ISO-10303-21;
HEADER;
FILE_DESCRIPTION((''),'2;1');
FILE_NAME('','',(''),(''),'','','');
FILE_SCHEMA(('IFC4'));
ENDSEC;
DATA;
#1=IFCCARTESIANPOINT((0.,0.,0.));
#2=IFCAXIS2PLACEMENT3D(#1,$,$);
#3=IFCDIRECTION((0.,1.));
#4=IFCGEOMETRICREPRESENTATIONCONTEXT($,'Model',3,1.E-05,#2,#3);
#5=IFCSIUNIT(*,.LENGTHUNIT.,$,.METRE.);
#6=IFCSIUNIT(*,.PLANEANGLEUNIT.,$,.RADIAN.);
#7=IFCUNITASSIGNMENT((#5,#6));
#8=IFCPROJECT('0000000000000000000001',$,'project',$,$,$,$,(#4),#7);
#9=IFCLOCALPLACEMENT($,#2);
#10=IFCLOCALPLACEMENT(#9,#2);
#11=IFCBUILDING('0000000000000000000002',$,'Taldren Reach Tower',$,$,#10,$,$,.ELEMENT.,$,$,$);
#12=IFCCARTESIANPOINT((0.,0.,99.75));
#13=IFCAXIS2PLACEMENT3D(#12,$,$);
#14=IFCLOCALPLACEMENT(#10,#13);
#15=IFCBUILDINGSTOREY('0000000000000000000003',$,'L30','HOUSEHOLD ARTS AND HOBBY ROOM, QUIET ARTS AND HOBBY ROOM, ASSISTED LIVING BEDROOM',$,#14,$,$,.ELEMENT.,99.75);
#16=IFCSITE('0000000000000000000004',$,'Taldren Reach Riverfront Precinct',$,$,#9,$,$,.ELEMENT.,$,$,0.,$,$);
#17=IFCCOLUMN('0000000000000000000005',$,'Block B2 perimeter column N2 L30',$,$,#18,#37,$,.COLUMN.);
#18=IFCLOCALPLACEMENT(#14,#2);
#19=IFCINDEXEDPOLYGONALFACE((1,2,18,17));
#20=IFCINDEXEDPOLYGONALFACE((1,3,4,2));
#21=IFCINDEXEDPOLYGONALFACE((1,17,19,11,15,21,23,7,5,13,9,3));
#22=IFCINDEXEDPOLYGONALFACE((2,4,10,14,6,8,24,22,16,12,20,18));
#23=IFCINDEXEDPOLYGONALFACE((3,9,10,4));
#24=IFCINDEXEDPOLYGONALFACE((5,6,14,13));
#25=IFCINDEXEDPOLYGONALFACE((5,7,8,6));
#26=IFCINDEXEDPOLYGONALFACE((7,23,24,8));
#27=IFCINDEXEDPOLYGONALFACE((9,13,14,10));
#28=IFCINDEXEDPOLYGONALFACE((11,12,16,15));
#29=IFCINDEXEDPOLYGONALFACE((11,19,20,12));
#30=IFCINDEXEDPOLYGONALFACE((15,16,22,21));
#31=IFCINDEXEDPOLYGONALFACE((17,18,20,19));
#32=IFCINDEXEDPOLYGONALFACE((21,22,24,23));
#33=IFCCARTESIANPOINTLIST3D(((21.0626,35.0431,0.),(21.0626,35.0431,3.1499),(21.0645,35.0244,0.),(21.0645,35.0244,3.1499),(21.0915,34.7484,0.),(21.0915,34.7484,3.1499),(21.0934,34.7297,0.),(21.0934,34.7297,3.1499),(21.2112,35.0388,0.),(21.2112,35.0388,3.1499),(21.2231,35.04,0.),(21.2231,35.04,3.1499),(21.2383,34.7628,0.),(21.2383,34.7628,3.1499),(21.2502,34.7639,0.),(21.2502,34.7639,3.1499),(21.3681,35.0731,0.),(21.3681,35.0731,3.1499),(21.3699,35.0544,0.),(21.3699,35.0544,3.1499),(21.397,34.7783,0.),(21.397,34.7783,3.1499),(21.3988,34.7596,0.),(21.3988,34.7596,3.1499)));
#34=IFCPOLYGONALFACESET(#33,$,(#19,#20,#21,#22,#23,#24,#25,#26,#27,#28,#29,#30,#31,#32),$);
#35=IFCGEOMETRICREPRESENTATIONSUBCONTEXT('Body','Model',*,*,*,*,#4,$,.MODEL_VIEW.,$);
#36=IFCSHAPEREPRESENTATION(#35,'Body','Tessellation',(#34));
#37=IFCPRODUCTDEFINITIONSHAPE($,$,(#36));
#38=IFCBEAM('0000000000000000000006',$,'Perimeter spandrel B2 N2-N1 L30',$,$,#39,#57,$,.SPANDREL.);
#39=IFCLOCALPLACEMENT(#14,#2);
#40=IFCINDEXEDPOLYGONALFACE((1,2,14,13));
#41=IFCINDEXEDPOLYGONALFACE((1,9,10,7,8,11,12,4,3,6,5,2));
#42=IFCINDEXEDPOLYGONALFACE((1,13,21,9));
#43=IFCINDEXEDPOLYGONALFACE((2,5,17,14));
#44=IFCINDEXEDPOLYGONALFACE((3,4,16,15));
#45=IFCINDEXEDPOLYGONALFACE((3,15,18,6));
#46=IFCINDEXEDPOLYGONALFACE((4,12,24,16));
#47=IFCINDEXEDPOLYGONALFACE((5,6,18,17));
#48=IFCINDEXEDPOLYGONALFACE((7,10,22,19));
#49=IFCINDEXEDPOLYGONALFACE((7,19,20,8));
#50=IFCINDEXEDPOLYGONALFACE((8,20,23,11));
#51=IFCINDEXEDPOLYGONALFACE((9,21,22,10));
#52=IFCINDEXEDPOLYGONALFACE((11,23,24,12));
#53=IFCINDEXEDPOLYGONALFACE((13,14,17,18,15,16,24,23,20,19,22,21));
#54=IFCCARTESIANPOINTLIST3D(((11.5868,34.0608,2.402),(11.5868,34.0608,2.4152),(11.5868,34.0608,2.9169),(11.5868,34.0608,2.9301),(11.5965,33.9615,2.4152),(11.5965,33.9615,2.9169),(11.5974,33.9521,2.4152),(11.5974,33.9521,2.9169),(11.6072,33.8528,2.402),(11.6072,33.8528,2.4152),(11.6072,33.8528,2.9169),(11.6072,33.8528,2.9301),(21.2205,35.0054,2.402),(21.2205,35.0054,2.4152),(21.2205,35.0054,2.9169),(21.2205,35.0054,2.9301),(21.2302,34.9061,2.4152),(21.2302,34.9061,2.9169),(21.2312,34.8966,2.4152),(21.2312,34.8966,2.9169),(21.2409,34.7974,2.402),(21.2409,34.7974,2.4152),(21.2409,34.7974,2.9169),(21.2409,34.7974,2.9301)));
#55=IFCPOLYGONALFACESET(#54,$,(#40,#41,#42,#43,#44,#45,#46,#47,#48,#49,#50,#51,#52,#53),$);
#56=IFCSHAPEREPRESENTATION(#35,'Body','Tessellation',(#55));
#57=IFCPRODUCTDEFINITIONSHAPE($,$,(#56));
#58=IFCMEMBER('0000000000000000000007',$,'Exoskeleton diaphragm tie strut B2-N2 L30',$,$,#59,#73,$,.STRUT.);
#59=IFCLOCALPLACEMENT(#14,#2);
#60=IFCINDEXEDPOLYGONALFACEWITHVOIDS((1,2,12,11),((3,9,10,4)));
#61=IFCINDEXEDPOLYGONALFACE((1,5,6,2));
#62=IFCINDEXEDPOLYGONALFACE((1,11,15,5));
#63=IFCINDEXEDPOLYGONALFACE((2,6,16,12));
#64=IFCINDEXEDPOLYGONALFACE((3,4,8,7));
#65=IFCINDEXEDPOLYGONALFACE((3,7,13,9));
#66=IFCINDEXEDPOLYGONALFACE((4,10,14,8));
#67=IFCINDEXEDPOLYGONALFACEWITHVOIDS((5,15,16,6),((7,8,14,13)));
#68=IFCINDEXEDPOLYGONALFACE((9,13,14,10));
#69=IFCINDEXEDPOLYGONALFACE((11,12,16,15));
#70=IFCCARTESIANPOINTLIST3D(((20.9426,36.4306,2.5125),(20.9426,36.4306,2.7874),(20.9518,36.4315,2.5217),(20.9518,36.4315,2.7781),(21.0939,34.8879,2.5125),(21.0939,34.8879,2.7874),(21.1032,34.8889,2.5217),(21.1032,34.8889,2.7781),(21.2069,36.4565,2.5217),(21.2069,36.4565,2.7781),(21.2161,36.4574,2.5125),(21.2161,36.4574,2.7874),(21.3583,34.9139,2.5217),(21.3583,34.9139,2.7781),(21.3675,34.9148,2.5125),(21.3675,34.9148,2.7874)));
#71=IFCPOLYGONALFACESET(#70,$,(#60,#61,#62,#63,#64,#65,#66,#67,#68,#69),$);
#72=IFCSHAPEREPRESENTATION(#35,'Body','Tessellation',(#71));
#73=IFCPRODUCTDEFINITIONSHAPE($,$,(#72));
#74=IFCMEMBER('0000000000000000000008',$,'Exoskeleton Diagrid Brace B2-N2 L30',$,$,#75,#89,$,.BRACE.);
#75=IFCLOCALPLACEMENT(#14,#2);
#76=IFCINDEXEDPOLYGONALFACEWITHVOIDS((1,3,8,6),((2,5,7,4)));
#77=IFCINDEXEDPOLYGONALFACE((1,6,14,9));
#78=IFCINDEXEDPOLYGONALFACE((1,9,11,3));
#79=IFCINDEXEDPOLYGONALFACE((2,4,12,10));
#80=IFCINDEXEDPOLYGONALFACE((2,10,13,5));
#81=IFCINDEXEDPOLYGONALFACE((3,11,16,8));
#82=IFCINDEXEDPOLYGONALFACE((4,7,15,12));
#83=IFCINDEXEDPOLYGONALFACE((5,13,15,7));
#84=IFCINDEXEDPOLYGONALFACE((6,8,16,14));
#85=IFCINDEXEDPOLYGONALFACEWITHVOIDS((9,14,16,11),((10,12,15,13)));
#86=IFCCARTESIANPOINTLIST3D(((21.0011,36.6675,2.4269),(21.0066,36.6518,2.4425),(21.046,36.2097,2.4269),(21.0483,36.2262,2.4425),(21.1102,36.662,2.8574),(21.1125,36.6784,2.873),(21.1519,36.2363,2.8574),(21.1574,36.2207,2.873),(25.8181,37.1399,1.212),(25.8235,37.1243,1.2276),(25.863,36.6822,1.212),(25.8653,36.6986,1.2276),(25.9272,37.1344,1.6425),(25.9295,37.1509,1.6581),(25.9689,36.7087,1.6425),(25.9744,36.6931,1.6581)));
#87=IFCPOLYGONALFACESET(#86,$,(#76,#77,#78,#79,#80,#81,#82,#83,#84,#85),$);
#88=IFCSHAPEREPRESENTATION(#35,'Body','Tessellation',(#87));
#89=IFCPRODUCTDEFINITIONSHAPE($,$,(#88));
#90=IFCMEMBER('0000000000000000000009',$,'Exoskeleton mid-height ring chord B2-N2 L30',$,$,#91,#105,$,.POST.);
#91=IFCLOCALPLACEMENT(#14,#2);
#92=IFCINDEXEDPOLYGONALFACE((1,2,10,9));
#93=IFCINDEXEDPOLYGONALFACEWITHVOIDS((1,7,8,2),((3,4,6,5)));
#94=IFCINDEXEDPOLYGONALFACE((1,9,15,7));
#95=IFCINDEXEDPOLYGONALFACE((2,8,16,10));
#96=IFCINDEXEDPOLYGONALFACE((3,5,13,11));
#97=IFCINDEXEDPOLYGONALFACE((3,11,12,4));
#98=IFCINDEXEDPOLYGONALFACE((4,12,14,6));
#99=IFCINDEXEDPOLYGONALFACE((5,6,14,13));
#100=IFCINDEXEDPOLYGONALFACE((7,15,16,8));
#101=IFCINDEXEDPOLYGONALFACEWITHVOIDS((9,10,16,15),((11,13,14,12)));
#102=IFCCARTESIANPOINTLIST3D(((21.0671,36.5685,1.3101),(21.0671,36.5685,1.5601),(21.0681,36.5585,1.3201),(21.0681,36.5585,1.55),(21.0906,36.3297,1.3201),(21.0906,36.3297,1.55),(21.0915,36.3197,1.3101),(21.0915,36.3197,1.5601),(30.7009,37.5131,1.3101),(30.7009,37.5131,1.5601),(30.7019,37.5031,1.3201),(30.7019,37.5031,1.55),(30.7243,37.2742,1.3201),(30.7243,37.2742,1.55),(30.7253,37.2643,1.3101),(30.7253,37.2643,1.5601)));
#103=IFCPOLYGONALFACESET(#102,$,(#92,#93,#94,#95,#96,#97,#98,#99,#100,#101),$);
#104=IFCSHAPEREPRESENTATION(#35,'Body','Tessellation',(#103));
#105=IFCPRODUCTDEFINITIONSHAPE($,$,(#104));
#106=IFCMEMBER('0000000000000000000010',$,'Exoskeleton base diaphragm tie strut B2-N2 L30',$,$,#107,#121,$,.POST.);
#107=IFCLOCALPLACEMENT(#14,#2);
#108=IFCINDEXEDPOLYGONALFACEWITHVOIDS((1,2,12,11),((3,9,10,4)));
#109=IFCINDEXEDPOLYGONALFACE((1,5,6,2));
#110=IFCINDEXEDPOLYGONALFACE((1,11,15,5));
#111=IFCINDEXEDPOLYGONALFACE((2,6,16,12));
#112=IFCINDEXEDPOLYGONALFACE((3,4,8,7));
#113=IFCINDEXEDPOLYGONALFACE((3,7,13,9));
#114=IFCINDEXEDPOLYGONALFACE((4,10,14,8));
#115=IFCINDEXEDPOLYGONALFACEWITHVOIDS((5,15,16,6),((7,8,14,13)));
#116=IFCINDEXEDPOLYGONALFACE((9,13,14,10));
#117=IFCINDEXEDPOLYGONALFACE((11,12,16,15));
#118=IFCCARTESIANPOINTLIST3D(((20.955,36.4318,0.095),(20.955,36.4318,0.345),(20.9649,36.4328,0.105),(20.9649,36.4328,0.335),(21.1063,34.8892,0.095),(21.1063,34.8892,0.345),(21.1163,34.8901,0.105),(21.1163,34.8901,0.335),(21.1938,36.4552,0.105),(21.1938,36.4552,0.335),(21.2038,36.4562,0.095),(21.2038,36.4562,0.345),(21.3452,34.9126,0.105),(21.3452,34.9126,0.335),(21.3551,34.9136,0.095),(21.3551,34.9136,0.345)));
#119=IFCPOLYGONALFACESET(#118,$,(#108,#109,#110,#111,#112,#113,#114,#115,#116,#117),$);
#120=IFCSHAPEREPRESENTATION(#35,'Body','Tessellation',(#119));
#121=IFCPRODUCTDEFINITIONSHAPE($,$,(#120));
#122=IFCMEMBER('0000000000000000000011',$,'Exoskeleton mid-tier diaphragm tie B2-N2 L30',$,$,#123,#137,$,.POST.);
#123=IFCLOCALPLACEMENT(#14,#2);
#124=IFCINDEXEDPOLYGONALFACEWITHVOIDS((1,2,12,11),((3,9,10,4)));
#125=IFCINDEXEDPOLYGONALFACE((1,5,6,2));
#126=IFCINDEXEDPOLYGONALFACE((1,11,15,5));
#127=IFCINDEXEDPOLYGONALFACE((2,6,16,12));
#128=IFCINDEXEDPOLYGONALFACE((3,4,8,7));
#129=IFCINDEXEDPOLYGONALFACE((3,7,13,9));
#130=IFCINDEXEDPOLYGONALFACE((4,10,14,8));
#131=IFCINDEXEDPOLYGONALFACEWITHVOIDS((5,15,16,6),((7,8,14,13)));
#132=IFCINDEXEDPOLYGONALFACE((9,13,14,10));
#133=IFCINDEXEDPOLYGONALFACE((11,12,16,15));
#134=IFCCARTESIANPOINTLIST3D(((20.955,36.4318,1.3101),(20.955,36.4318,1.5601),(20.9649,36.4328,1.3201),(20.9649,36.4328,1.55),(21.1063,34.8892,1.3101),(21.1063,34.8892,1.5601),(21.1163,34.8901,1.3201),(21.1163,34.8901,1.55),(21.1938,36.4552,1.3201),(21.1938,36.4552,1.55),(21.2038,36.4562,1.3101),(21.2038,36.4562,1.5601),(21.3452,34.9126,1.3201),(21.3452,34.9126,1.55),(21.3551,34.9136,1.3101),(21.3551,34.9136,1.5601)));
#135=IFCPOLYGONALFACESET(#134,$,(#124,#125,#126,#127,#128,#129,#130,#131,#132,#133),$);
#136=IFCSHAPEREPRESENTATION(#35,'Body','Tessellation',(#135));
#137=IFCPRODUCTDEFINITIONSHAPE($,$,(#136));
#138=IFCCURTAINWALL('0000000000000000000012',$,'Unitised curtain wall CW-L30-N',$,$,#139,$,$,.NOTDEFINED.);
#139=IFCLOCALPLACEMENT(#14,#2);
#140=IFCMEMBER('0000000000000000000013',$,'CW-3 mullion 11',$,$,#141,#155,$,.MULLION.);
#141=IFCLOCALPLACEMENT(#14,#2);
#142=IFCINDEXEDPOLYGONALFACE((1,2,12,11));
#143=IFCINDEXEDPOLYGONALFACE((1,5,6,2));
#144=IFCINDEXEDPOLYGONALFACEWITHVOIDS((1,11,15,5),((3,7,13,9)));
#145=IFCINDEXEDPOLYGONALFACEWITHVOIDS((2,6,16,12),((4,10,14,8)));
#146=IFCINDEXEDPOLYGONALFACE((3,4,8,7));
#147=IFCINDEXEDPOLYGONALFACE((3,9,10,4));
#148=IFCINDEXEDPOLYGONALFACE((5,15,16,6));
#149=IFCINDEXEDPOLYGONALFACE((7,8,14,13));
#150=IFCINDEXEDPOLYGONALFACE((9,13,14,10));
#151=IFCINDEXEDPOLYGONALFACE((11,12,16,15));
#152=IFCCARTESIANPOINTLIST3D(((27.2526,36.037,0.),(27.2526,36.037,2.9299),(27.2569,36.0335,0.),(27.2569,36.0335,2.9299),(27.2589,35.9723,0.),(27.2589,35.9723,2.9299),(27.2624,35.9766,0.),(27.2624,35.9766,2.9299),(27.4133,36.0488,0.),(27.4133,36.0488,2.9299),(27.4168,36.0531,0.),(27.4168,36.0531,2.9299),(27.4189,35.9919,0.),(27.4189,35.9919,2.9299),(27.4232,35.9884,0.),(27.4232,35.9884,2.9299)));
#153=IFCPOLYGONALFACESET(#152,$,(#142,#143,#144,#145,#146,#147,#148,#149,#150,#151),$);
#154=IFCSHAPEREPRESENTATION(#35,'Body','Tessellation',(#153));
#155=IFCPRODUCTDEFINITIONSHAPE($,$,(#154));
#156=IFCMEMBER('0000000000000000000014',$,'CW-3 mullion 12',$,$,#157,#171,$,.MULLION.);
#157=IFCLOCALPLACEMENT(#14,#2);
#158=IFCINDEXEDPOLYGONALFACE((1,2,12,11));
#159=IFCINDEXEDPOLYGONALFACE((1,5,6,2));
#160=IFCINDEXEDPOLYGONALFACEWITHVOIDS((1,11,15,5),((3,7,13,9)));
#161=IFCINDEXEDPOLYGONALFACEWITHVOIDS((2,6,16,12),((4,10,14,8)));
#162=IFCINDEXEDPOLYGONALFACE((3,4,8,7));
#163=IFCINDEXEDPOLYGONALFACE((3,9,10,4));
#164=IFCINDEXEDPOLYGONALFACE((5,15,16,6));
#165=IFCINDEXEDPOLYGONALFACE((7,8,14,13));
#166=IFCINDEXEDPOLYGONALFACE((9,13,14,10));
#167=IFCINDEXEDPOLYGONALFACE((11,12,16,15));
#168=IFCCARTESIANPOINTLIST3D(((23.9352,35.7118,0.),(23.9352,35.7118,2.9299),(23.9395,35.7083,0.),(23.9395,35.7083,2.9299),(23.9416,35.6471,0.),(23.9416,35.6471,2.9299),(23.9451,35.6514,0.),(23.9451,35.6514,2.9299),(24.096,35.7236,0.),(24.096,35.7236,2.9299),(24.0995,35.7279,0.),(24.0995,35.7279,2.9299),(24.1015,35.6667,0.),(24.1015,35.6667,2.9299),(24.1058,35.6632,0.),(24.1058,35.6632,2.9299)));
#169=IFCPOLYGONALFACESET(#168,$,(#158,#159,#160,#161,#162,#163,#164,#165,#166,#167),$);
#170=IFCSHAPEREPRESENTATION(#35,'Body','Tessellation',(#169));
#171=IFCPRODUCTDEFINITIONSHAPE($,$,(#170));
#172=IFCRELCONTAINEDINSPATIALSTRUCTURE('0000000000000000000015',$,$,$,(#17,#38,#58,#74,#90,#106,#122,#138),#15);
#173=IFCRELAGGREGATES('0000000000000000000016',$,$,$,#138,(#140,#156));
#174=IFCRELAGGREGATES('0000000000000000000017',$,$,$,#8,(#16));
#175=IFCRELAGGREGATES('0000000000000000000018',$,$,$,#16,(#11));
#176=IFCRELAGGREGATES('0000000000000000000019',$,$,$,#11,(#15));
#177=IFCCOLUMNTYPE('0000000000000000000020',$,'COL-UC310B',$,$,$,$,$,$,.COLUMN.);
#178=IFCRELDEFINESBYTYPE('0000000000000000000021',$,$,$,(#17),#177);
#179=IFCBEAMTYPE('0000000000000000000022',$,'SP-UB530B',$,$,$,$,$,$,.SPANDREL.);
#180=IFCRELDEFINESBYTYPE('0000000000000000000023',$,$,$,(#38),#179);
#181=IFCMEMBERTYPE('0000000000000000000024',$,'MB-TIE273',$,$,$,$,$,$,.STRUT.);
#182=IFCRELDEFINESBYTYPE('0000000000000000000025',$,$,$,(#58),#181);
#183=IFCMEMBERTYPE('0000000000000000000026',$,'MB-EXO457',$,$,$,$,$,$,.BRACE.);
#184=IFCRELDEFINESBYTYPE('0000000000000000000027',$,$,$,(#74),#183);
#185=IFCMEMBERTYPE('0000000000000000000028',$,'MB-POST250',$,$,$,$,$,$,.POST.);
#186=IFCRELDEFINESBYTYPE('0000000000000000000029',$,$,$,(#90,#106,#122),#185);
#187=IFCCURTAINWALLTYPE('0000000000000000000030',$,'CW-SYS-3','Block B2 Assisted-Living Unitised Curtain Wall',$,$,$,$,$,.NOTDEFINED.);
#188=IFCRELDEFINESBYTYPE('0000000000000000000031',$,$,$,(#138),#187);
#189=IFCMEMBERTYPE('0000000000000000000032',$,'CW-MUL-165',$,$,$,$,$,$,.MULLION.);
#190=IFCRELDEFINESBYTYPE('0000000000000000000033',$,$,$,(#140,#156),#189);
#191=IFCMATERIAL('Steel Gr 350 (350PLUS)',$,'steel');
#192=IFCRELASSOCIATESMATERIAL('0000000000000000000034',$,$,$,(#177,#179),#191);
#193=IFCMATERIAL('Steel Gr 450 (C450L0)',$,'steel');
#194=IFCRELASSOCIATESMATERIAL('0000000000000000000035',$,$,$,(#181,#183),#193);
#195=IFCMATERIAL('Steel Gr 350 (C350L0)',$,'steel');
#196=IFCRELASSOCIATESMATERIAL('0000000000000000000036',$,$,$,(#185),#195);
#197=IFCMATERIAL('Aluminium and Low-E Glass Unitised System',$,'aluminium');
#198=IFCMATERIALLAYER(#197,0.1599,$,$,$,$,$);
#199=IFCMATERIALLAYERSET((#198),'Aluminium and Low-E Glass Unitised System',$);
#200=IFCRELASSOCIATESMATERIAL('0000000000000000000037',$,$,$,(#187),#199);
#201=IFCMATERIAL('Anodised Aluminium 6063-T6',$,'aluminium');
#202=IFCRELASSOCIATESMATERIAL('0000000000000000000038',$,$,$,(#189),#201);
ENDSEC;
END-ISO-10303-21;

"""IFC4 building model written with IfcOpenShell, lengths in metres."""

from ifc_helpers import new_model, si_unit, direction, frame, origin, origin_2d, place, context, subcontext, project, spatial, hollow_rectangle, i_section, extrude, source, transform, mapped, material, layer, layer_set, material_profile, profile_set, type_object, element, aggregate, save


model = new_model("IFC4")

# Units and contexts
model_context = context("Model", 3, precision=1e-05, world=origin(), true_north=direction((0.0, 1.0)))
body_context = subcontext(model_context, "Body", "Model", "MODEL_VIEW")
ifc_project = project(units=[si_unit("LENGTHUNIT", "METRE"), si_unit("PLANEANGLEUNIT", "RADIAN")], contexts=[model_context])

# Site, building, storey
site_placement = place(None, origin())
site = spatial("IfcSite", under=ifc_project, at=site_placement, Name="Taldren Reach Riverfront Precinct", CompositionType="ELEMENT", RefElevation=0.0)
building_placement = place(site_placement, origin())
building = spatial("IfcBuilding", under=site, at=building_placement, Name="Taldren Reach Tower", CompositionType="ELEMENT")
storey_placement = place(building_placement, frame((0.0, 0.0, 99.75)))
storey = spatial("IfcBuildingStorey", under=building, at=storey_placement, Name="L30", Description="HOUSEHOLD ARTS AND HOBBY ROOM, QUIET ARTS AND HOBBY ROOM, ASSISTED LIVING BEDROOM", CompositionType="ELEMENT", Elevation=99.75)

# Column
ifc_material_1 = material(Name="Steel Gr 350 (350PLUS)", Category="steel")
ifc_material_profile_1 = material_profile(ifc_material_1, i_section(OverallWidth=0.3069, OverallDepth=0.3149, WebThickness=0.012, FlangeThickness=0.0188, at=origin_2d()), Name="310UC118")
ifc_profile_set_1 = profile_set([ifc_material_profile_1], Name="Steel Gr 350 (350PLUS)")
column_type = type_object("IfcColumnType", Name="COL-UC310B", PredefinedType="COLUMN", material=ifc_profile_set_1)
shared_shape_1 = source(origin(), body_context, "Body", "SweptSolid", [
    extrude(i_section(OverallWidth=0.3069, OverallDepth=0.3149, WebThickness=0.012, FlangeThickness=0.0188, at=origin_2d()), origin(), (0.0, 0.0, 1.0), 3.1499),
])
column_placement = place(storey_placement, frame((21.2307, 34.9014, 0.0), z_axis=(0.0, 0.0, 1.0), x_axis=(0.995227, 0.097583, 0.0)))
element("IfcColumn", 1, at=column_placement, inside=storey, type_object=column_type, Name="Block B2 perimeter column N2 L30", PredefinedType="COLUMN", context=body_context, shape_type="MappedRepresentation", body=[
    mapped(shared_shape_1, transform((0.0, 0.0, 0.0), scale=1.0)),
])

# Beam
ifc_material_profile_2 = material_profile(ifc_material_1, i_section(OverallWidth=0.209, OverallDepth=0.5281, WebThickness=0.0095, FlangeThickness=0.0132, at=origin_2d()), Name="530UB82.0")
ifc_profile_set_2 = profile_set([ifc_material_profile_2], Name="Steel Gr 350 (350PLUS)")
beam_type = type_object("IfcBeamType", Name="SP-UB530B", PredefinedType="SPANDREL", material=ifc_profile_set_2)
shared_shape_2 = source(origin(), body_context, "Body", "SweptSolid", [
    extrude(i_section(OverallWidth=0.209, OverallDepth=0.5281, WebThickness=0.0095, FlangeThickness=0.0132, at=origin_2d()), origin(), (0.0, 0.0, 1.0), 9.6799),
])
beam_placement = place(storey_placement, frame((21.2307, 34.9014, 2.666), z_axis=(-0.995228, -0.097581, 0.0), x_axis=(0.097581, -0.995228, 0.0)))
element("IfcBeam", 2, at=beam_placement, inside=storey, type_object=beam_type, Name="Perimeter spandrel B2 N2-N1 L30", PredefinedType="SPANDREL", context=body_context, shape_type="MappedRepresentation", body=[
    mapped(shared_shape_2, transform((0.0, 0.0, 0.0), scale=1.0)),
])

# Members
ifc_material_2 = material(Name="Steel Gr 450 (C450L0)", Category="steel")
ifc_material_profile_3 = material_profile(ifc_material_2, hollow_rectangle(XDim=0.2749, YDim=0.2749, WallThickness=0.0093, at=origin_2d()), Name="275x275x9.3SHS")
ifc_profile_set_3 = profile_set([ifc_material_profile_3], Name="Steel Gr 450 (C450L0)")
member_type_1 = type_object("IfcMemberType", Name="MB-TIE273", PredefinedType="STRUT", material=ifc_profile_set_3)
shared_shape_3 = source(origin(), body_context, "Body", "SweptSolid", [
    extrude(hollow_rectangle(XDim=0.2749, YDim=0.2749, WallThickness=0.0093, at=origin_2d()), origin(), (0.0, 0.0, 1.0), 1.55),
])
member_1_placement = place(storey_placement, frame((21.2307, 34.9014, 2.6499), z_axis=(-0.097648, 0.995221, 0.0), x_axis=(-0.995221, -0.097648, 0.0)))
element("IfcMember", 3, at=member_1_placement, inside=storey, type_object=member_type_1, Name="Exoskeleton diaphragm tie strut B2-N2 L30", PredefinedType="STRUT", context=body_context, shape_type="MappedRepresentation", body=[
    mapped(shared_shape_3, transform((0.0, 0.0, 0.0), scale=1.0)),
])
ifc_material_profile_4 = material_profile(ifc_material_2, hollow_rectangle(XDim=0.46, YDim=0.46, WallThickness=0.0161, at=origin_2d()), Name="460x460x16.0SHS")
ifc_profile_set_4 = profile_set([ifc_material_profile_4], Name="Steel Gr 450 (C450L0)")
member_type_2 = type_object("IfcMemberType", Name="MB-EXO457", PredefinedType="BRACE", material=ifc_profile_set_4)
shared_shape_4 = source(origin(), body_context, "Body", "SweptSolid", [
    extrude(hollow_rectangle(XDim=0.46, YDim=0.46, WallThickness=0.0161, at=origin_2d()), origin(), (0.0, 0.0, 1.0), 4.9902),
])
member_2_placement = place(storey_placement, frame((25.8962, 36.9165, 1.4351), z_axis=(-0.965283, -0.094669, 0.243449), x_axis=(0.097606, -0.995225, 0.0)))
element("IfcMember", 4, at=member_2_placement, inside=storey, type_object=member_type_2, Name="Exoskeleton Diagrid Brace B2-N2 L30", PredefinedType="BRACE", context=body_context, shape_type="MappedRepresentation", body=[
    mapped(shared_shape_4, transform((0.0, 0.0, 0.0), scale=1.0)),
])
ifc_material_3 = material(Name="Steel Gr 350 (C350L0)", Category="steel")
ifc_material_profile_5 = material_profile(ifc_material_3, hollow_rectangle(XDim=0.25, YDim=0.25, WallThickness=0.01, at=origin_2d()), Name="250x250x10.0SHS")
ifc_profile_set_5 = profile_set([ifc_material_profile_5], Name="Steel Gr 350 (C350L0)")
member_type_3 = type_object("IfcMemberType", Name="MB-POST250", PredefinedType="POST", material=ifc_profile_set_5)
shared_shape_5 = source(origin(), body_context, "Body", "SweptSolid", [
    extrude(hollow_rectangle(XDim=0.25, YDim=0.25, WallThickness=0.01, at=origin_2d()), origin(), (0.0, 0.0, 1.0), 9.6799),
])
member_3_placement = place(storey_placement, frame((21.0793, 36.4441, 1.4351), z_axis=(0.995228, 0.097581, 0.0), x_axis=(-0.097581, 0.995228, 0.0)))
element("IfcMember", 5, at=member_3_placement, inside=storey, type_object=member_type_3, Name="Exoskeleton mid-height ring chord B2-N2 L30", PredefinedType="POST", context=body_context, shape_type="MappedRepresentation", body=[
    mapped(shared_shape_5, transform((0.0, 0.0, 0.0), scale=1.0)),
])
shared_shape_6 = source(origin(), body_context, "Body", "SweptSolid", [
    extrude(hollow_rectangle(XDim=0.25, YDim=0.25, WallThickness=0.01, at=origin_2d()), origin(), (0.0, 0.0, 1.0), 1.55),
])
for number, where, z_axis, x_axis, name in (
    (6, (21.2307, 34.9014, 0.22), (-0.097648, 0.995221, 0.0), (-0.995221, -0.097648, 0.0), "Exoskeleton base diaphragm tie strut B2-N2 L30"),
    (7, (21.2307, 34.9014, 1.4351), (-0.097648, 0.995221, 0.0), (-0.995221, -0.097648, 0.0), "Exoskeleton mid-tier diaphragm tie B2-N2 L30"),
):
    element("IfcMember", number, at=place(storey_placement, frame(where, z_axis=z_axis, x_axis=x_axis)), inside=storey, type_object=member_type_3, Name=name, PredefinedType="POST", context=body_context, shape_type="MappedRepresentation", body=[
        mapped(shared_shape_6, transform((0.0, 0.0, 0.0), scale=1.0)),
    ])

# Curtain wall, members
ifc_material_4 = material(Name="Aluminium and Low-E Glass Unitised System", Category="aluminium")
ifc_layer_1 = layer(ifc_material_4, 0.1599)
ifc_layer_set_1 = layer_set([ifc_layer_1], Name="Aluminium and Low-E Glass Unitised System")
curtain_wall_type = type_object("IfcCurtainWallType", Name="CW-SYS-3", Description="Block B2 Assisted-Living Unitised Curtain Wall", PredefinedType="NOTDEFINED", material=ifc_layer_set_1)
curtain_wall_placement = place(storey_placement, origin())
curtain_wall = element("IfcCurtainWall", 8, at=curtain_wall_placement, inside=storey, type_object=curtain_wall_type, Name="Unitised curtain wall CW-L30-N", PredefinedType="NOTDEFINED")
ifc_material_5 = material(Name="Anodised Aluminium 6063-T6", Category="aluminium")
ifc_material_profile_6 = material_profile(ifc_material_5, hollow_rectangle(XDim=0.0649, YDim=0.165, WallThickness=0.0039, at=origin_2d()), Name="ALU-165x65x4RHS")
ifc_profile_set_6 = profile_set([ifc_material_profile_6], Name="Anodised Aluminium 6063-T6")
member_type_4 = type_object("IfcMemberType", Name="CW-MUL-165", PredefinedType="MULLION", material=ifc_profile_set_6)
shared_shape_7 = source(origin(), body_context, "Body", "SweptSolid", [
    extrude(hollow_rectangle(XDim=0.0649, YDim=0.165, WallThickness=0.0039, at=origin_2d()), origin(), (0.0, 0.0, 1.0), 2.9299),
])
member_4_placement = place(storey_placement, frame((27.3379, 36.0127, 0.0), z_axis=(0.0, 0.0, 1.0), x_axis=(0.097583, -0.995227, 0.0)))
member_4 = element("IfcMember", 9, at=member_4_placement, type_object=member_type_4, Name="CW-3 mullion 11", PredefinedType="MULLION", context=body_context, shape_type="MappedRepresentation", body=[
    mapped(shared_shape_7, transform((0.0, 0.0, 0.0), scale=1.0)),
])
member_5_placement = place(storey_placement, frame((24.0205, 35.6875, 0.0), z_axis=(0.0, 0.0, 1.0), x_axis=(0.097583, -0.995227, 0.0)))
member_5 = element("IfcMember", 10, at=member_5_placement, type_object=member_type_4, Name="CW-3 mullion 12", PredefinedType="MULLION", context=body_context, shape_type="MappedRepresentation", body=[
    mapped(shared_shape_7, transform((0.0, 0.0, 0.0), scale=1.0)),
])
aggregate(curtain_wall, [member_4, member_5])

save(model, "model.ifc")
